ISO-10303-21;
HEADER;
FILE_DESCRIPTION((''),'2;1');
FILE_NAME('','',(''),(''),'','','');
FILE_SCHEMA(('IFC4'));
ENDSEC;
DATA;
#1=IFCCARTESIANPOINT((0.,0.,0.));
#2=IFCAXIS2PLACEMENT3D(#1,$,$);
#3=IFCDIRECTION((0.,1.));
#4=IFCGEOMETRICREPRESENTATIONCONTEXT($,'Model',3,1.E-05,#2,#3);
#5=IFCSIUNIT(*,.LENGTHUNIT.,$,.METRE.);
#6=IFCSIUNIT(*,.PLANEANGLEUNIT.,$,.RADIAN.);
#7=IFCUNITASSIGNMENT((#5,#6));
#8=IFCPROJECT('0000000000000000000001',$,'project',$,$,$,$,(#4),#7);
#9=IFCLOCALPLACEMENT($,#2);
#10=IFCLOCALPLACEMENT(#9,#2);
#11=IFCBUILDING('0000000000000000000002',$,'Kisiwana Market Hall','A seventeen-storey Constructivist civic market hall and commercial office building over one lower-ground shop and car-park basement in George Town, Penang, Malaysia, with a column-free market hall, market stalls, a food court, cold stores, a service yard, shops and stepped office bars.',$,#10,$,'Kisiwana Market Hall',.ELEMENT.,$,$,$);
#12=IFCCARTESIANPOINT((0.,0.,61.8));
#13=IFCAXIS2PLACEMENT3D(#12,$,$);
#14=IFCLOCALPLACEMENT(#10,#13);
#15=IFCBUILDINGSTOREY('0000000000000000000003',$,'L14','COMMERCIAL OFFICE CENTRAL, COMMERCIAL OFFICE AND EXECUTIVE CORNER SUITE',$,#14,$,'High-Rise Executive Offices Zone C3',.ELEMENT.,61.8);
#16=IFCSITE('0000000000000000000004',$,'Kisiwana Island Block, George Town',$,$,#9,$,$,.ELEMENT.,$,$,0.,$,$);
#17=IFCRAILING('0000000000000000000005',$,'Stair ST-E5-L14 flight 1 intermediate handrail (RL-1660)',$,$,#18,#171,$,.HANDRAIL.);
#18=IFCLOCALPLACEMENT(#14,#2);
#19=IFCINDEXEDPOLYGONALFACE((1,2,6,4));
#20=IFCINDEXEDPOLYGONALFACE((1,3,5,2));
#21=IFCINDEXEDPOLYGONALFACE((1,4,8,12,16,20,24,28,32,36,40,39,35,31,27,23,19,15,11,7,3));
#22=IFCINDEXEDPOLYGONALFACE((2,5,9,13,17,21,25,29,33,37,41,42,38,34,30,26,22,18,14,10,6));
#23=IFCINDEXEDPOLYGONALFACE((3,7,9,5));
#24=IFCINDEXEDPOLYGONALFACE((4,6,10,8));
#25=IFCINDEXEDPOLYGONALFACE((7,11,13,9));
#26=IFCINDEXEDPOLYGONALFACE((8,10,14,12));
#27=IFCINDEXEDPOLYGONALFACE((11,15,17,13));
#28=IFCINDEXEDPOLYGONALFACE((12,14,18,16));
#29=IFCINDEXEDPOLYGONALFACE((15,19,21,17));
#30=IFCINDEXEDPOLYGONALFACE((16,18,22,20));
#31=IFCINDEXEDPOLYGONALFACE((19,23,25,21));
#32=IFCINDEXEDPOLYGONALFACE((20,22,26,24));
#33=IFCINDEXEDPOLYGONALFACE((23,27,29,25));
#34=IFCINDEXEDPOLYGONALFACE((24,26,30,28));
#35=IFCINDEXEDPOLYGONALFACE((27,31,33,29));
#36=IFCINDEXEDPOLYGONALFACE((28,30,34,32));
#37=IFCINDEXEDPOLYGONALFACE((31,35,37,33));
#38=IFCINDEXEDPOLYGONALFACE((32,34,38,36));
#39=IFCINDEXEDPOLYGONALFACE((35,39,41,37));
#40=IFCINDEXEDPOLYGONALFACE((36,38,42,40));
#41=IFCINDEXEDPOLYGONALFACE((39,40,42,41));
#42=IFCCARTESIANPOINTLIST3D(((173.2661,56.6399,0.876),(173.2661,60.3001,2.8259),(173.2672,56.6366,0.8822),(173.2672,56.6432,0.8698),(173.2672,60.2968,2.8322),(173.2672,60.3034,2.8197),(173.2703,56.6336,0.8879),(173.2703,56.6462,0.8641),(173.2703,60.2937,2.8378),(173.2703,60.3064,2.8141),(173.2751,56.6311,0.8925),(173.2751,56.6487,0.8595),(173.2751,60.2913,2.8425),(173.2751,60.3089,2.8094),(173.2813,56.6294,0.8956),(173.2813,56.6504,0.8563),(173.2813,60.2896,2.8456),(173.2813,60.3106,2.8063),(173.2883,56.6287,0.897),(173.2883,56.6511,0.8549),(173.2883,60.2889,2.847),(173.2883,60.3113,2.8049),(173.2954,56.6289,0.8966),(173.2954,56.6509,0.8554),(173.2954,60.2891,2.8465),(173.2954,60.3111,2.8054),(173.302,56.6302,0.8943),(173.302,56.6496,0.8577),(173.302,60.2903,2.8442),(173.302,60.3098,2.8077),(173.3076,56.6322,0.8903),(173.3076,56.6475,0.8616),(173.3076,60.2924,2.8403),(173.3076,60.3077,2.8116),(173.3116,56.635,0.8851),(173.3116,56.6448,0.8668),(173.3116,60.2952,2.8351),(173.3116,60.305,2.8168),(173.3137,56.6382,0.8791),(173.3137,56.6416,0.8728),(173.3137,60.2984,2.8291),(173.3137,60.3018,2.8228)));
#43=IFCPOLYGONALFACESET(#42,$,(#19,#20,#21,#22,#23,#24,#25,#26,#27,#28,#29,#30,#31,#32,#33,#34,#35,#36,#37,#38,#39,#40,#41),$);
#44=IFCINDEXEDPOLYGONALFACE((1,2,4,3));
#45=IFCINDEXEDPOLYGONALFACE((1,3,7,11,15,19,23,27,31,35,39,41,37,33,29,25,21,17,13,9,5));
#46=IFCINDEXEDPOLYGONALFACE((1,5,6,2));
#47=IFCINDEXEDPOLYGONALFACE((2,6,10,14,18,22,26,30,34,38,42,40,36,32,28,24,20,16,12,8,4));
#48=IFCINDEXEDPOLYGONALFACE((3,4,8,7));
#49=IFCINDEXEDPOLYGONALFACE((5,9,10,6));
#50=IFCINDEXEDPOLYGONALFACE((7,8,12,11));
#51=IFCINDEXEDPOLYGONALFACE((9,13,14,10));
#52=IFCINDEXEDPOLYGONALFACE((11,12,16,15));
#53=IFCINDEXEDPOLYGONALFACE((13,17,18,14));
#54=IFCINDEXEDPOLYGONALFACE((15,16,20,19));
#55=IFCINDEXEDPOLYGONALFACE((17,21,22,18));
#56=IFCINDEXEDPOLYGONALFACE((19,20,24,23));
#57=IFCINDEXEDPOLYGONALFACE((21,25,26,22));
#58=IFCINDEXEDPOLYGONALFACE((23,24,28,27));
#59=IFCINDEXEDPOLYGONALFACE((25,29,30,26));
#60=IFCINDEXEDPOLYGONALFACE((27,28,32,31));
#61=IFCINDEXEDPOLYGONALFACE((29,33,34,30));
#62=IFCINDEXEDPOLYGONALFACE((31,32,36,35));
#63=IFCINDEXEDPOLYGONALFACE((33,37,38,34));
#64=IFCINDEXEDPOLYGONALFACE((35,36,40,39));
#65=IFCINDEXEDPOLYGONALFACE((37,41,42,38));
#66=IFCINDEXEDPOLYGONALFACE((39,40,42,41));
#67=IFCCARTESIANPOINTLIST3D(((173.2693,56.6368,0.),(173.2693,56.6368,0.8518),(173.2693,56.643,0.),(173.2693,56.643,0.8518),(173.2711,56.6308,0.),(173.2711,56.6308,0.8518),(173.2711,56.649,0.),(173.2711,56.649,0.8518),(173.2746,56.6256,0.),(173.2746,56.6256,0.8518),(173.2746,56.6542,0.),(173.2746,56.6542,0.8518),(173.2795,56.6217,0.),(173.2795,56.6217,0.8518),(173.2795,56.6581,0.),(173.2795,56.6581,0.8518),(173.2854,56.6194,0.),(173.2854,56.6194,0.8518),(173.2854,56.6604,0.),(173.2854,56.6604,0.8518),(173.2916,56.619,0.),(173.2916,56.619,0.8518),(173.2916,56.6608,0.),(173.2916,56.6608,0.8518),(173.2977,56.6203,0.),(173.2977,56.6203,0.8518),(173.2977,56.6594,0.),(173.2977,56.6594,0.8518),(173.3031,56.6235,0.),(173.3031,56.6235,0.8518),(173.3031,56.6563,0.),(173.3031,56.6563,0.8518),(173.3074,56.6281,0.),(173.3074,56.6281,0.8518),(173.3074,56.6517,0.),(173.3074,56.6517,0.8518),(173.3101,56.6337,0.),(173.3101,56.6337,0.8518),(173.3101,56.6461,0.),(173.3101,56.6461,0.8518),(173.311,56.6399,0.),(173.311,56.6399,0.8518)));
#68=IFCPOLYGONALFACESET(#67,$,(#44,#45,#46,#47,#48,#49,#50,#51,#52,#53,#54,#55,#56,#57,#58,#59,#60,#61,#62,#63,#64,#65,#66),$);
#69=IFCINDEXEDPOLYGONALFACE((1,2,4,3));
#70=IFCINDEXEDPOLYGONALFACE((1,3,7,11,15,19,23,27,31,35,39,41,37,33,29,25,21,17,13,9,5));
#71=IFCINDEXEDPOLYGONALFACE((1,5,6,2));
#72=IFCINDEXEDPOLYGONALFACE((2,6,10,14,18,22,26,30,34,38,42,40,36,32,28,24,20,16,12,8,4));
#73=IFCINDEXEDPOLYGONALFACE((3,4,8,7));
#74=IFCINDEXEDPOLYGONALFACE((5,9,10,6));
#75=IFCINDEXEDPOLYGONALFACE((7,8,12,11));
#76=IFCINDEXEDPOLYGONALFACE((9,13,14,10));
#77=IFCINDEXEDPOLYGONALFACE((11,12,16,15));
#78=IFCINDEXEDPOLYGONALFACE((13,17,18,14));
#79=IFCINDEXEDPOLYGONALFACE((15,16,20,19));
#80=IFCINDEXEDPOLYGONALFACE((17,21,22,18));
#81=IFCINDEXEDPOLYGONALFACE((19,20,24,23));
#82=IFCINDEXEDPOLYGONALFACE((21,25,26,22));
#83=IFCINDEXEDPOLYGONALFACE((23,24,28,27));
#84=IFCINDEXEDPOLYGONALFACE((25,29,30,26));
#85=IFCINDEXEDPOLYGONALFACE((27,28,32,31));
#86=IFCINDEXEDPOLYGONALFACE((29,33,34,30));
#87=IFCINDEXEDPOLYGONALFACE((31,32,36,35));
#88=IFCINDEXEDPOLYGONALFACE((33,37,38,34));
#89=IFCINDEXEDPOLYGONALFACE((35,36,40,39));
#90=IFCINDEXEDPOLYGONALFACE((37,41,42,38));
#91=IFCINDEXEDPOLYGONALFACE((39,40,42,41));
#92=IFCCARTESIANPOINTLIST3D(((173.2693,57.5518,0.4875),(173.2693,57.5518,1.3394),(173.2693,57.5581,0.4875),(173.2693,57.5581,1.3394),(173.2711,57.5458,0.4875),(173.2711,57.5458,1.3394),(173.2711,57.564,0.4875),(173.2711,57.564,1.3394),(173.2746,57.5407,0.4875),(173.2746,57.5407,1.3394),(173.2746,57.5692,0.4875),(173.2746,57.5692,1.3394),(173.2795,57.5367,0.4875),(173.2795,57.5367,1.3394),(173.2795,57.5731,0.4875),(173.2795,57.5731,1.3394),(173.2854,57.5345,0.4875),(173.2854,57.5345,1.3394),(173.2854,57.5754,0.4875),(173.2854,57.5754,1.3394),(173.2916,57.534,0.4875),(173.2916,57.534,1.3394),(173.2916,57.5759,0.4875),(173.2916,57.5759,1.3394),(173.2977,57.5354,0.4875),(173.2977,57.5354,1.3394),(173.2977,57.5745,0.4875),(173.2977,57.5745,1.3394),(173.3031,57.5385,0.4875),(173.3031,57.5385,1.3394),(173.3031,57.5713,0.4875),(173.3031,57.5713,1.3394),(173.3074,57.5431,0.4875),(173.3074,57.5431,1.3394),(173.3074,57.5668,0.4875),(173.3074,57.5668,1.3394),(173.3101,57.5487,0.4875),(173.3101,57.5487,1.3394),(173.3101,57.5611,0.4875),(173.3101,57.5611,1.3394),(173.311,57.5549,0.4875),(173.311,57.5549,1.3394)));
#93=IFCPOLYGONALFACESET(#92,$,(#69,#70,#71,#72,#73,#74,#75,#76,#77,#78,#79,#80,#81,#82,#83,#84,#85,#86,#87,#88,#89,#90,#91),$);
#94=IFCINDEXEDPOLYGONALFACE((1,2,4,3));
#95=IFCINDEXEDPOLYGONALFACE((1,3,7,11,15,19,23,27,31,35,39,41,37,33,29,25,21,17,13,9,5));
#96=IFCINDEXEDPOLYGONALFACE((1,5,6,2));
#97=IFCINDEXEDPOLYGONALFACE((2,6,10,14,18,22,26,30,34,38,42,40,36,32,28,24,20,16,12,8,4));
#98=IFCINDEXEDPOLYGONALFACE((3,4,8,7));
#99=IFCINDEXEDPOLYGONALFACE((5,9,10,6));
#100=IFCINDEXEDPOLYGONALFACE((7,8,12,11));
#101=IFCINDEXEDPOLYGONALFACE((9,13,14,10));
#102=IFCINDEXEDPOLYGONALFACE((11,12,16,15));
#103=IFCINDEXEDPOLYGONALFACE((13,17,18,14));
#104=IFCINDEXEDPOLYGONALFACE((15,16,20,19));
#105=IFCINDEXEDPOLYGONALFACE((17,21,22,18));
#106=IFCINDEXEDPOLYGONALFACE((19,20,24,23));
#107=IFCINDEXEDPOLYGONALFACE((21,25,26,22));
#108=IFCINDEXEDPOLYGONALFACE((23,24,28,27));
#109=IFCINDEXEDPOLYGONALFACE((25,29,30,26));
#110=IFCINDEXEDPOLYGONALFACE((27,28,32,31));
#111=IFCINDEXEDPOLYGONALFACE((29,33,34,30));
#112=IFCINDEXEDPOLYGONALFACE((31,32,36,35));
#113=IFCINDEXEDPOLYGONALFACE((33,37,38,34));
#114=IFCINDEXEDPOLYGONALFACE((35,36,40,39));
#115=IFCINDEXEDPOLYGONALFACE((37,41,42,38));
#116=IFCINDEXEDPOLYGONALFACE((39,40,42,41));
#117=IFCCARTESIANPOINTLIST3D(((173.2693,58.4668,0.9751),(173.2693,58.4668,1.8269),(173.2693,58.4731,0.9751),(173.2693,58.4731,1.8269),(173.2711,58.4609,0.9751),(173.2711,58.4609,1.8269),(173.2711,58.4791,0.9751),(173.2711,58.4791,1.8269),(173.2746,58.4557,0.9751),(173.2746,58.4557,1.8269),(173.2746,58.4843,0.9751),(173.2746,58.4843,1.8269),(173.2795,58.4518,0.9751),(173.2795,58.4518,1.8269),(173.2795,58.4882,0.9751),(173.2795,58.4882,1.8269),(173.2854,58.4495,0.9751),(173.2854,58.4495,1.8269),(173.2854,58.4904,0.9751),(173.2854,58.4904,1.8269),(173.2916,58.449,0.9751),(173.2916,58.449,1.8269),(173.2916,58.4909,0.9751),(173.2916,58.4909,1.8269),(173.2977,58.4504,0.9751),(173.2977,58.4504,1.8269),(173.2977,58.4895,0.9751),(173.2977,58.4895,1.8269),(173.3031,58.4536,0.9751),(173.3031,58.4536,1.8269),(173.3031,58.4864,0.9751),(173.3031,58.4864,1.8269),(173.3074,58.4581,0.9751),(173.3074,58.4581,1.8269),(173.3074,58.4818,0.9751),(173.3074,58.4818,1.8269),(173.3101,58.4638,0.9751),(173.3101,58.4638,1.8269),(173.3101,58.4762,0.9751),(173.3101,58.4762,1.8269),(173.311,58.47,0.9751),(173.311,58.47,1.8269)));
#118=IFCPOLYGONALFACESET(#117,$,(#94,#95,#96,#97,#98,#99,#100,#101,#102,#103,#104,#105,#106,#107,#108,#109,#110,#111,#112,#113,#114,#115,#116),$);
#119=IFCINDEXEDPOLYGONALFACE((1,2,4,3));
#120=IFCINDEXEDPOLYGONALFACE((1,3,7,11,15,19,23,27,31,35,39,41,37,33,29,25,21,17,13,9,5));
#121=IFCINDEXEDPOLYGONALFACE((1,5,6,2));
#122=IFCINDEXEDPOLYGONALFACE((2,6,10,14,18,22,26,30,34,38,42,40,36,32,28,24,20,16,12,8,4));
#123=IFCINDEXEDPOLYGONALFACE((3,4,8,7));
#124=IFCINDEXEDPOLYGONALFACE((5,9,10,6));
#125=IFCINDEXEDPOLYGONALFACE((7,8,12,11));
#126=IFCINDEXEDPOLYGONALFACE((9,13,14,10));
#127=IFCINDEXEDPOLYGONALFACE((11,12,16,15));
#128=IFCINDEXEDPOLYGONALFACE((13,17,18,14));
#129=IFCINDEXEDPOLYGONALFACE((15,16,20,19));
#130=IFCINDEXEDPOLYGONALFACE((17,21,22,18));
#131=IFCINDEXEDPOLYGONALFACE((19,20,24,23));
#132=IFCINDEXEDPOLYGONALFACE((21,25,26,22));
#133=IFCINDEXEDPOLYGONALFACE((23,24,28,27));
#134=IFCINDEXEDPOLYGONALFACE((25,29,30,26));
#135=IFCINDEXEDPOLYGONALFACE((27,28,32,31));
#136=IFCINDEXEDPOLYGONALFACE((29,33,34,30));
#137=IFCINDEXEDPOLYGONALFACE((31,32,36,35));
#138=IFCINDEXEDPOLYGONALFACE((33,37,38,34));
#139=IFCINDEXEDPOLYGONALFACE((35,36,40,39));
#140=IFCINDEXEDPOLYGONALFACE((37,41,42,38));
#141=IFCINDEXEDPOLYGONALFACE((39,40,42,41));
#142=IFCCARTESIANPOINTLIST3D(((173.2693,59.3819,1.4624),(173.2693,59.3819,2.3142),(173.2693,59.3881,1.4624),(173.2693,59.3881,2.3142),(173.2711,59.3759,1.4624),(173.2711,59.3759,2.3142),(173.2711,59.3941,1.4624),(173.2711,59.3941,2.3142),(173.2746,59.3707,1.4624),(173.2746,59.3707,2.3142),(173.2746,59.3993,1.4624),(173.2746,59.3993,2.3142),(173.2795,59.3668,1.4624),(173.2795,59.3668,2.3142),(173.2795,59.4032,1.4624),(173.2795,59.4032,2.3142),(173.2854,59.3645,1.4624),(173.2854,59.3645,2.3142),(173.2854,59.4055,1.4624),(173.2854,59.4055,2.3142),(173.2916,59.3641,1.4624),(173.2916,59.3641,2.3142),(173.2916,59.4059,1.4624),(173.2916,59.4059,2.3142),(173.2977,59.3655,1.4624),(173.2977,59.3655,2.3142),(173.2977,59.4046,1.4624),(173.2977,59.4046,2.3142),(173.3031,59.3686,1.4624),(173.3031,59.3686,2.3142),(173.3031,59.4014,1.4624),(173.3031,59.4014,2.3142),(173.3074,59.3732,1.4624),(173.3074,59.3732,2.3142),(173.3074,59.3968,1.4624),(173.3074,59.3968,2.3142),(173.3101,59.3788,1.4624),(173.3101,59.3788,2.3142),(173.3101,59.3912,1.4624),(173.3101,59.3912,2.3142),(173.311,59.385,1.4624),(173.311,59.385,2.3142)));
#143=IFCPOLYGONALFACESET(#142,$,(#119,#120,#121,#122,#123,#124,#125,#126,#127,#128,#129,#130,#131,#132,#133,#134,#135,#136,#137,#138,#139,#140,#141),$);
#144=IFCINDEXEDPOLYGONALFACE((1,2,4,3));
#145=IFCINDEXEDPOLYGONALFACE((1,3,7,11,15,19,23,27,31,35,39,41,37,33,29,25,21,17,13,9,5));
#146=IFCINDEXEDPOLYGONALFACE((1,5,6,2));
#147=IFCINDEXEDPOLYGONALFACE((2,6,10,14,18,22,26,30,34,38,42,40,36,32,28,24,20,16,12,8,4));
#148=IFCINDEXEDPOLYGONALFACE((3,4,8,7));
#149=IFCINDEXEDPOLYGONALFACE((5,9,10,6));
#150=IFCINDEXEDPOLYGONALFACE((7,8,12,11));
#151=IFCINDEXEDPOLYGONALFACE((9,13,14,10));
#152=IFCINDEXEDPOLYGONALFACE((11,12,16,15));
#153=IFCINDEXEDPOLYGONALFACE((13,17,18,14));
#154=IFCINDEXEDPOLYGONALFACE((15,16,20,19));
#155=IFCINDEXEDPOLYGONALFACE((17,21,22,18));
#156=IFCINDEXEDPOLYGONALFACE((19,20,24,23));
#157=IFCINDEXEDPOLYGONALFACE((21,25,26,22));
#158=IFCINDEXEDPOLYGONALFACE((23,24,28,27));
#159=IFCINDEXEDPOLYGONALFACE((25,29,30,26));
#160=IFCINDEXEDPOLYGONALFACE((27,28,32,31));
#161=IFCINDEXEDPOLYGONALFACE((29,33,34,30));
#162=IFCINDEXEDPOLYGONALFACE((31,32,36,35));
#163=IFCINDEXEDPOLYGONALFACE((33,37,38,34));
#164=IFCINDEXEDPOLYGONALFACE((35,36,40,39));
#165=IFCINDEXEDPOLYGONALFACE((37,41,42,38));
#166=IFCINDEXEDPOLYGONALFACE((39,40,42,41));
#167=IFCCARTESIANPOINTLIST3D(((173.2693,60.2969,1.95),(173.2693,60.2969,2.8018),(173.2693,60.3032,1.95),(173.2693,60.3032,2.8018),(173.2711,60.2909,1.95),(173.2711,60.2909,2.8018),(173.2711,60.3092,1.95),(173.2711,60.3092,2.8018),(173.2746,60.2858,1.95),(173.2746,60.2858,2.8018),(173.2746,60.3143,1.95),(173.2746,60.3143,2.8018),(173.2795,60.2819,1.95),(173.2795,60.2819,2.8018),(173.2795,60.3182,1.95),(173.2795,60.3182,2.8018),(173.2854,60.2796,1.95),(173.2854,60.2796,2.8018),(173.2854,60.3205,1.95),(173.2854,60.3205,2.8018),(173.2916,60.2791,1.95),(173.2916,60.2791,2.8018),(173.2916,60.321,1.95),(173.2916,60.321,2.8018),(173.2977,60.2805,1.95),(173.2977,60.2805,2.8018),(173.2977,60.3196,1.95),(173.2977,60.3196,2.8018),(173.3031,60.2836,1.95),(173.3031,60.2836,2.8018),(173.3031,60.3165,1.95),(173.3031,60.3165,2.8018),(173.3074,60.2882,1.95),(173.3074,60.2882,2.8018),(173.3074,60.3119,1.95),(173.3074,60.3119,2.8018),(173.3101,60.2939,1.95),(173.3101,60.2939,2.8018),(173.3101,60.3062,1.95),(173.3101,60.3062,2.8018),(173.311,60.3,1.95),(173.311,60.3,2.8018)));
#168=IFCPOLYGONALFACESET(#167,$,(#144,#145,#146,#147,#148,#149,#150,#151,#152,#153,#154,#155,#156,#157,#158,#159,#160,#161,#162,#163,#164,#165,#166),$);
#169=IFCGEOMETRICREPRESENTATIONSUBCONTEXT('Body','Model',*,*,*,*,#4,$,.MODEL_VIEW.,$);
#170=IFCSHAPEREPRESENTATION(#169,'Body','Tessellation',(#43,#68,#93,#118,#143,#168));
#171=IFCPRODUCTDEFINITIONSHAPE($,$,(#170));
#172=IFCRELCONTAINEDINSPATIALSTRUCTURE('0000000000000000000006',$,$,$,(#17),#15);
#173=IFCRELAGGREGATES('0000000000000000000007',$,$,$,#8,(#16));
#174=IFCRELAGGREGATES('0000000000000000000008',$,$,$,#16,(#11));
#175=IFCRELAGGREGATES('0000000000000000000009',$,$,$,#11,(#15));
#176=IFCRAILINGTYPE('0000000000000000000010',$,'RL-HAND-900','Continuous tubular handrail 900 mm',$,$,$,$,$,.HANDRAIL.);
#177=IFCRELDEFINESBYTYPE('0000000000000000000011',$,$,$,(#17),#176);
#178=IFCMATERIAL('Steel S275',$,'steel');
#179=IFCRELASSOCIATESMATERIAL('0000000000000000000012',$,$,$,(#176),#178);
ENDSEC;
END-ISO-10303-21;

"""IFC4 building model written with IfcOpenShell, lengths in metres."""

from ifc_helpers import new_model, si_unit, direction, frame, origin, origin_2d, place, context, subcontext, project, spatial, circle, extrude, material, type_object, element, save


model = new_model("IFC4")

# Units and contexts
model_context = context("Model", 3, precision=1e-05, world=origin(), true_north=direction((0.0, 1.0)))
body_context = subcontext(model_context, "Body", "Model", "MODEL_VIEW")
ifc_project = project(units=[si_unit("LENGTHUNIT", "METRE"), si_unit("PLANEANGLEUNIT", "RADIAN")], contexts=[model_context])

# Site, building, storey
site_placement = place(None, origin())
site = spatial("IfcSite", under=ifc_project, at=site_placement, Name="Kisiwana Island Block, George Town", CompositionType="ELEMENT", RefElevation=0.0)
building_placement = place(site_placement, origin())
building = spatial("IfcBuilding", under=site, at=building_placement, Name="Kisiwana Market Hall", Description="A seventeen-storey Constructivist civic market hall and commercial office building over one lower-ground shop and car-park basement in George Town, Penang, Malaysia, with a column-free market hall, market stalls, a food court, cold stores, a service yard, shops and stepped office bars.", LongName="Kisiwana Market Hall", CompositionType="ELEMENT")
storey_placement = place(building_placement, frame((0.0, 0.0, 61.8)))
storey = spatial("IfcBuildingStorey", under=building, at=storey_placement, Name="L14", Description="COMMERCIAL OFFICE CENTRAL, COMMERCIAL OFFICE AND EXECUTIVE CORNER SUITE", LongName="High-Rise Executive Offices Zone C3", CompositionType="ELEMENT", Elevation=61.8)

# Railing
ifc_material_1 = material(Name="Steel S275", Category="steel")
railing_type_1 = type_object("IfcRailingType", Name="RL-HAND-900", Description="Continuous tubular handrail 900 mm", PredefinedType="HANDRAIL", material=ifc_material_1)
railing_1_placement = place(storey_placement, frame((173.29, 56.6399, 0.0)))
element("IfcRailing", 1, at=railing_1_placement, inside=storey, type_object=railing_type_1, Name="Stair ST-E5-L14 flight 1 intermediate handrail (RL-1660)", PredefinedType="HANDRAIL", context=body_context, shape_type="SweptSolid", body=[
    extrude(circle(Radius=0.0239, at=origin_2d()), frame((0.0, 0.0, 0.876), z_axis=(0.0, 0.882566, 0.470188), x_axis=(-1.0, 0.0, 0.0)), (0.0, 0.0, 1.0), 4.1472),
    extrude(circle(Radius=0.021, at=origin_2d()), origin(), (0.0, 0.0, 1.0), 0.8518),
    extrude(circle(Radius=0.021, at=origin_2d()), frame((0.0, 0.915, 0.4875)), (0.0, 0.0, 1.0), 0.8518),
    extrude(circle(Radius=0.021, at=origin_2d()), frame((0.0, 1.8301, 0.9751)), (0.0, 0.0, 1.0), 0.8518),
    extrude(circle(Radius=0.021, at=origin_2d()), frame((0.0, 2.7451, 1.4624)), (0.0, 0.0, 1.0), 0.8518),
    extrude(circle(Radius=0.021, at=origin_2d()), frame((0.0, 3.6602, 1.95)), (0.0, 0.0, 1.0), 0.8518),
])

save(model, "model.ifc")
